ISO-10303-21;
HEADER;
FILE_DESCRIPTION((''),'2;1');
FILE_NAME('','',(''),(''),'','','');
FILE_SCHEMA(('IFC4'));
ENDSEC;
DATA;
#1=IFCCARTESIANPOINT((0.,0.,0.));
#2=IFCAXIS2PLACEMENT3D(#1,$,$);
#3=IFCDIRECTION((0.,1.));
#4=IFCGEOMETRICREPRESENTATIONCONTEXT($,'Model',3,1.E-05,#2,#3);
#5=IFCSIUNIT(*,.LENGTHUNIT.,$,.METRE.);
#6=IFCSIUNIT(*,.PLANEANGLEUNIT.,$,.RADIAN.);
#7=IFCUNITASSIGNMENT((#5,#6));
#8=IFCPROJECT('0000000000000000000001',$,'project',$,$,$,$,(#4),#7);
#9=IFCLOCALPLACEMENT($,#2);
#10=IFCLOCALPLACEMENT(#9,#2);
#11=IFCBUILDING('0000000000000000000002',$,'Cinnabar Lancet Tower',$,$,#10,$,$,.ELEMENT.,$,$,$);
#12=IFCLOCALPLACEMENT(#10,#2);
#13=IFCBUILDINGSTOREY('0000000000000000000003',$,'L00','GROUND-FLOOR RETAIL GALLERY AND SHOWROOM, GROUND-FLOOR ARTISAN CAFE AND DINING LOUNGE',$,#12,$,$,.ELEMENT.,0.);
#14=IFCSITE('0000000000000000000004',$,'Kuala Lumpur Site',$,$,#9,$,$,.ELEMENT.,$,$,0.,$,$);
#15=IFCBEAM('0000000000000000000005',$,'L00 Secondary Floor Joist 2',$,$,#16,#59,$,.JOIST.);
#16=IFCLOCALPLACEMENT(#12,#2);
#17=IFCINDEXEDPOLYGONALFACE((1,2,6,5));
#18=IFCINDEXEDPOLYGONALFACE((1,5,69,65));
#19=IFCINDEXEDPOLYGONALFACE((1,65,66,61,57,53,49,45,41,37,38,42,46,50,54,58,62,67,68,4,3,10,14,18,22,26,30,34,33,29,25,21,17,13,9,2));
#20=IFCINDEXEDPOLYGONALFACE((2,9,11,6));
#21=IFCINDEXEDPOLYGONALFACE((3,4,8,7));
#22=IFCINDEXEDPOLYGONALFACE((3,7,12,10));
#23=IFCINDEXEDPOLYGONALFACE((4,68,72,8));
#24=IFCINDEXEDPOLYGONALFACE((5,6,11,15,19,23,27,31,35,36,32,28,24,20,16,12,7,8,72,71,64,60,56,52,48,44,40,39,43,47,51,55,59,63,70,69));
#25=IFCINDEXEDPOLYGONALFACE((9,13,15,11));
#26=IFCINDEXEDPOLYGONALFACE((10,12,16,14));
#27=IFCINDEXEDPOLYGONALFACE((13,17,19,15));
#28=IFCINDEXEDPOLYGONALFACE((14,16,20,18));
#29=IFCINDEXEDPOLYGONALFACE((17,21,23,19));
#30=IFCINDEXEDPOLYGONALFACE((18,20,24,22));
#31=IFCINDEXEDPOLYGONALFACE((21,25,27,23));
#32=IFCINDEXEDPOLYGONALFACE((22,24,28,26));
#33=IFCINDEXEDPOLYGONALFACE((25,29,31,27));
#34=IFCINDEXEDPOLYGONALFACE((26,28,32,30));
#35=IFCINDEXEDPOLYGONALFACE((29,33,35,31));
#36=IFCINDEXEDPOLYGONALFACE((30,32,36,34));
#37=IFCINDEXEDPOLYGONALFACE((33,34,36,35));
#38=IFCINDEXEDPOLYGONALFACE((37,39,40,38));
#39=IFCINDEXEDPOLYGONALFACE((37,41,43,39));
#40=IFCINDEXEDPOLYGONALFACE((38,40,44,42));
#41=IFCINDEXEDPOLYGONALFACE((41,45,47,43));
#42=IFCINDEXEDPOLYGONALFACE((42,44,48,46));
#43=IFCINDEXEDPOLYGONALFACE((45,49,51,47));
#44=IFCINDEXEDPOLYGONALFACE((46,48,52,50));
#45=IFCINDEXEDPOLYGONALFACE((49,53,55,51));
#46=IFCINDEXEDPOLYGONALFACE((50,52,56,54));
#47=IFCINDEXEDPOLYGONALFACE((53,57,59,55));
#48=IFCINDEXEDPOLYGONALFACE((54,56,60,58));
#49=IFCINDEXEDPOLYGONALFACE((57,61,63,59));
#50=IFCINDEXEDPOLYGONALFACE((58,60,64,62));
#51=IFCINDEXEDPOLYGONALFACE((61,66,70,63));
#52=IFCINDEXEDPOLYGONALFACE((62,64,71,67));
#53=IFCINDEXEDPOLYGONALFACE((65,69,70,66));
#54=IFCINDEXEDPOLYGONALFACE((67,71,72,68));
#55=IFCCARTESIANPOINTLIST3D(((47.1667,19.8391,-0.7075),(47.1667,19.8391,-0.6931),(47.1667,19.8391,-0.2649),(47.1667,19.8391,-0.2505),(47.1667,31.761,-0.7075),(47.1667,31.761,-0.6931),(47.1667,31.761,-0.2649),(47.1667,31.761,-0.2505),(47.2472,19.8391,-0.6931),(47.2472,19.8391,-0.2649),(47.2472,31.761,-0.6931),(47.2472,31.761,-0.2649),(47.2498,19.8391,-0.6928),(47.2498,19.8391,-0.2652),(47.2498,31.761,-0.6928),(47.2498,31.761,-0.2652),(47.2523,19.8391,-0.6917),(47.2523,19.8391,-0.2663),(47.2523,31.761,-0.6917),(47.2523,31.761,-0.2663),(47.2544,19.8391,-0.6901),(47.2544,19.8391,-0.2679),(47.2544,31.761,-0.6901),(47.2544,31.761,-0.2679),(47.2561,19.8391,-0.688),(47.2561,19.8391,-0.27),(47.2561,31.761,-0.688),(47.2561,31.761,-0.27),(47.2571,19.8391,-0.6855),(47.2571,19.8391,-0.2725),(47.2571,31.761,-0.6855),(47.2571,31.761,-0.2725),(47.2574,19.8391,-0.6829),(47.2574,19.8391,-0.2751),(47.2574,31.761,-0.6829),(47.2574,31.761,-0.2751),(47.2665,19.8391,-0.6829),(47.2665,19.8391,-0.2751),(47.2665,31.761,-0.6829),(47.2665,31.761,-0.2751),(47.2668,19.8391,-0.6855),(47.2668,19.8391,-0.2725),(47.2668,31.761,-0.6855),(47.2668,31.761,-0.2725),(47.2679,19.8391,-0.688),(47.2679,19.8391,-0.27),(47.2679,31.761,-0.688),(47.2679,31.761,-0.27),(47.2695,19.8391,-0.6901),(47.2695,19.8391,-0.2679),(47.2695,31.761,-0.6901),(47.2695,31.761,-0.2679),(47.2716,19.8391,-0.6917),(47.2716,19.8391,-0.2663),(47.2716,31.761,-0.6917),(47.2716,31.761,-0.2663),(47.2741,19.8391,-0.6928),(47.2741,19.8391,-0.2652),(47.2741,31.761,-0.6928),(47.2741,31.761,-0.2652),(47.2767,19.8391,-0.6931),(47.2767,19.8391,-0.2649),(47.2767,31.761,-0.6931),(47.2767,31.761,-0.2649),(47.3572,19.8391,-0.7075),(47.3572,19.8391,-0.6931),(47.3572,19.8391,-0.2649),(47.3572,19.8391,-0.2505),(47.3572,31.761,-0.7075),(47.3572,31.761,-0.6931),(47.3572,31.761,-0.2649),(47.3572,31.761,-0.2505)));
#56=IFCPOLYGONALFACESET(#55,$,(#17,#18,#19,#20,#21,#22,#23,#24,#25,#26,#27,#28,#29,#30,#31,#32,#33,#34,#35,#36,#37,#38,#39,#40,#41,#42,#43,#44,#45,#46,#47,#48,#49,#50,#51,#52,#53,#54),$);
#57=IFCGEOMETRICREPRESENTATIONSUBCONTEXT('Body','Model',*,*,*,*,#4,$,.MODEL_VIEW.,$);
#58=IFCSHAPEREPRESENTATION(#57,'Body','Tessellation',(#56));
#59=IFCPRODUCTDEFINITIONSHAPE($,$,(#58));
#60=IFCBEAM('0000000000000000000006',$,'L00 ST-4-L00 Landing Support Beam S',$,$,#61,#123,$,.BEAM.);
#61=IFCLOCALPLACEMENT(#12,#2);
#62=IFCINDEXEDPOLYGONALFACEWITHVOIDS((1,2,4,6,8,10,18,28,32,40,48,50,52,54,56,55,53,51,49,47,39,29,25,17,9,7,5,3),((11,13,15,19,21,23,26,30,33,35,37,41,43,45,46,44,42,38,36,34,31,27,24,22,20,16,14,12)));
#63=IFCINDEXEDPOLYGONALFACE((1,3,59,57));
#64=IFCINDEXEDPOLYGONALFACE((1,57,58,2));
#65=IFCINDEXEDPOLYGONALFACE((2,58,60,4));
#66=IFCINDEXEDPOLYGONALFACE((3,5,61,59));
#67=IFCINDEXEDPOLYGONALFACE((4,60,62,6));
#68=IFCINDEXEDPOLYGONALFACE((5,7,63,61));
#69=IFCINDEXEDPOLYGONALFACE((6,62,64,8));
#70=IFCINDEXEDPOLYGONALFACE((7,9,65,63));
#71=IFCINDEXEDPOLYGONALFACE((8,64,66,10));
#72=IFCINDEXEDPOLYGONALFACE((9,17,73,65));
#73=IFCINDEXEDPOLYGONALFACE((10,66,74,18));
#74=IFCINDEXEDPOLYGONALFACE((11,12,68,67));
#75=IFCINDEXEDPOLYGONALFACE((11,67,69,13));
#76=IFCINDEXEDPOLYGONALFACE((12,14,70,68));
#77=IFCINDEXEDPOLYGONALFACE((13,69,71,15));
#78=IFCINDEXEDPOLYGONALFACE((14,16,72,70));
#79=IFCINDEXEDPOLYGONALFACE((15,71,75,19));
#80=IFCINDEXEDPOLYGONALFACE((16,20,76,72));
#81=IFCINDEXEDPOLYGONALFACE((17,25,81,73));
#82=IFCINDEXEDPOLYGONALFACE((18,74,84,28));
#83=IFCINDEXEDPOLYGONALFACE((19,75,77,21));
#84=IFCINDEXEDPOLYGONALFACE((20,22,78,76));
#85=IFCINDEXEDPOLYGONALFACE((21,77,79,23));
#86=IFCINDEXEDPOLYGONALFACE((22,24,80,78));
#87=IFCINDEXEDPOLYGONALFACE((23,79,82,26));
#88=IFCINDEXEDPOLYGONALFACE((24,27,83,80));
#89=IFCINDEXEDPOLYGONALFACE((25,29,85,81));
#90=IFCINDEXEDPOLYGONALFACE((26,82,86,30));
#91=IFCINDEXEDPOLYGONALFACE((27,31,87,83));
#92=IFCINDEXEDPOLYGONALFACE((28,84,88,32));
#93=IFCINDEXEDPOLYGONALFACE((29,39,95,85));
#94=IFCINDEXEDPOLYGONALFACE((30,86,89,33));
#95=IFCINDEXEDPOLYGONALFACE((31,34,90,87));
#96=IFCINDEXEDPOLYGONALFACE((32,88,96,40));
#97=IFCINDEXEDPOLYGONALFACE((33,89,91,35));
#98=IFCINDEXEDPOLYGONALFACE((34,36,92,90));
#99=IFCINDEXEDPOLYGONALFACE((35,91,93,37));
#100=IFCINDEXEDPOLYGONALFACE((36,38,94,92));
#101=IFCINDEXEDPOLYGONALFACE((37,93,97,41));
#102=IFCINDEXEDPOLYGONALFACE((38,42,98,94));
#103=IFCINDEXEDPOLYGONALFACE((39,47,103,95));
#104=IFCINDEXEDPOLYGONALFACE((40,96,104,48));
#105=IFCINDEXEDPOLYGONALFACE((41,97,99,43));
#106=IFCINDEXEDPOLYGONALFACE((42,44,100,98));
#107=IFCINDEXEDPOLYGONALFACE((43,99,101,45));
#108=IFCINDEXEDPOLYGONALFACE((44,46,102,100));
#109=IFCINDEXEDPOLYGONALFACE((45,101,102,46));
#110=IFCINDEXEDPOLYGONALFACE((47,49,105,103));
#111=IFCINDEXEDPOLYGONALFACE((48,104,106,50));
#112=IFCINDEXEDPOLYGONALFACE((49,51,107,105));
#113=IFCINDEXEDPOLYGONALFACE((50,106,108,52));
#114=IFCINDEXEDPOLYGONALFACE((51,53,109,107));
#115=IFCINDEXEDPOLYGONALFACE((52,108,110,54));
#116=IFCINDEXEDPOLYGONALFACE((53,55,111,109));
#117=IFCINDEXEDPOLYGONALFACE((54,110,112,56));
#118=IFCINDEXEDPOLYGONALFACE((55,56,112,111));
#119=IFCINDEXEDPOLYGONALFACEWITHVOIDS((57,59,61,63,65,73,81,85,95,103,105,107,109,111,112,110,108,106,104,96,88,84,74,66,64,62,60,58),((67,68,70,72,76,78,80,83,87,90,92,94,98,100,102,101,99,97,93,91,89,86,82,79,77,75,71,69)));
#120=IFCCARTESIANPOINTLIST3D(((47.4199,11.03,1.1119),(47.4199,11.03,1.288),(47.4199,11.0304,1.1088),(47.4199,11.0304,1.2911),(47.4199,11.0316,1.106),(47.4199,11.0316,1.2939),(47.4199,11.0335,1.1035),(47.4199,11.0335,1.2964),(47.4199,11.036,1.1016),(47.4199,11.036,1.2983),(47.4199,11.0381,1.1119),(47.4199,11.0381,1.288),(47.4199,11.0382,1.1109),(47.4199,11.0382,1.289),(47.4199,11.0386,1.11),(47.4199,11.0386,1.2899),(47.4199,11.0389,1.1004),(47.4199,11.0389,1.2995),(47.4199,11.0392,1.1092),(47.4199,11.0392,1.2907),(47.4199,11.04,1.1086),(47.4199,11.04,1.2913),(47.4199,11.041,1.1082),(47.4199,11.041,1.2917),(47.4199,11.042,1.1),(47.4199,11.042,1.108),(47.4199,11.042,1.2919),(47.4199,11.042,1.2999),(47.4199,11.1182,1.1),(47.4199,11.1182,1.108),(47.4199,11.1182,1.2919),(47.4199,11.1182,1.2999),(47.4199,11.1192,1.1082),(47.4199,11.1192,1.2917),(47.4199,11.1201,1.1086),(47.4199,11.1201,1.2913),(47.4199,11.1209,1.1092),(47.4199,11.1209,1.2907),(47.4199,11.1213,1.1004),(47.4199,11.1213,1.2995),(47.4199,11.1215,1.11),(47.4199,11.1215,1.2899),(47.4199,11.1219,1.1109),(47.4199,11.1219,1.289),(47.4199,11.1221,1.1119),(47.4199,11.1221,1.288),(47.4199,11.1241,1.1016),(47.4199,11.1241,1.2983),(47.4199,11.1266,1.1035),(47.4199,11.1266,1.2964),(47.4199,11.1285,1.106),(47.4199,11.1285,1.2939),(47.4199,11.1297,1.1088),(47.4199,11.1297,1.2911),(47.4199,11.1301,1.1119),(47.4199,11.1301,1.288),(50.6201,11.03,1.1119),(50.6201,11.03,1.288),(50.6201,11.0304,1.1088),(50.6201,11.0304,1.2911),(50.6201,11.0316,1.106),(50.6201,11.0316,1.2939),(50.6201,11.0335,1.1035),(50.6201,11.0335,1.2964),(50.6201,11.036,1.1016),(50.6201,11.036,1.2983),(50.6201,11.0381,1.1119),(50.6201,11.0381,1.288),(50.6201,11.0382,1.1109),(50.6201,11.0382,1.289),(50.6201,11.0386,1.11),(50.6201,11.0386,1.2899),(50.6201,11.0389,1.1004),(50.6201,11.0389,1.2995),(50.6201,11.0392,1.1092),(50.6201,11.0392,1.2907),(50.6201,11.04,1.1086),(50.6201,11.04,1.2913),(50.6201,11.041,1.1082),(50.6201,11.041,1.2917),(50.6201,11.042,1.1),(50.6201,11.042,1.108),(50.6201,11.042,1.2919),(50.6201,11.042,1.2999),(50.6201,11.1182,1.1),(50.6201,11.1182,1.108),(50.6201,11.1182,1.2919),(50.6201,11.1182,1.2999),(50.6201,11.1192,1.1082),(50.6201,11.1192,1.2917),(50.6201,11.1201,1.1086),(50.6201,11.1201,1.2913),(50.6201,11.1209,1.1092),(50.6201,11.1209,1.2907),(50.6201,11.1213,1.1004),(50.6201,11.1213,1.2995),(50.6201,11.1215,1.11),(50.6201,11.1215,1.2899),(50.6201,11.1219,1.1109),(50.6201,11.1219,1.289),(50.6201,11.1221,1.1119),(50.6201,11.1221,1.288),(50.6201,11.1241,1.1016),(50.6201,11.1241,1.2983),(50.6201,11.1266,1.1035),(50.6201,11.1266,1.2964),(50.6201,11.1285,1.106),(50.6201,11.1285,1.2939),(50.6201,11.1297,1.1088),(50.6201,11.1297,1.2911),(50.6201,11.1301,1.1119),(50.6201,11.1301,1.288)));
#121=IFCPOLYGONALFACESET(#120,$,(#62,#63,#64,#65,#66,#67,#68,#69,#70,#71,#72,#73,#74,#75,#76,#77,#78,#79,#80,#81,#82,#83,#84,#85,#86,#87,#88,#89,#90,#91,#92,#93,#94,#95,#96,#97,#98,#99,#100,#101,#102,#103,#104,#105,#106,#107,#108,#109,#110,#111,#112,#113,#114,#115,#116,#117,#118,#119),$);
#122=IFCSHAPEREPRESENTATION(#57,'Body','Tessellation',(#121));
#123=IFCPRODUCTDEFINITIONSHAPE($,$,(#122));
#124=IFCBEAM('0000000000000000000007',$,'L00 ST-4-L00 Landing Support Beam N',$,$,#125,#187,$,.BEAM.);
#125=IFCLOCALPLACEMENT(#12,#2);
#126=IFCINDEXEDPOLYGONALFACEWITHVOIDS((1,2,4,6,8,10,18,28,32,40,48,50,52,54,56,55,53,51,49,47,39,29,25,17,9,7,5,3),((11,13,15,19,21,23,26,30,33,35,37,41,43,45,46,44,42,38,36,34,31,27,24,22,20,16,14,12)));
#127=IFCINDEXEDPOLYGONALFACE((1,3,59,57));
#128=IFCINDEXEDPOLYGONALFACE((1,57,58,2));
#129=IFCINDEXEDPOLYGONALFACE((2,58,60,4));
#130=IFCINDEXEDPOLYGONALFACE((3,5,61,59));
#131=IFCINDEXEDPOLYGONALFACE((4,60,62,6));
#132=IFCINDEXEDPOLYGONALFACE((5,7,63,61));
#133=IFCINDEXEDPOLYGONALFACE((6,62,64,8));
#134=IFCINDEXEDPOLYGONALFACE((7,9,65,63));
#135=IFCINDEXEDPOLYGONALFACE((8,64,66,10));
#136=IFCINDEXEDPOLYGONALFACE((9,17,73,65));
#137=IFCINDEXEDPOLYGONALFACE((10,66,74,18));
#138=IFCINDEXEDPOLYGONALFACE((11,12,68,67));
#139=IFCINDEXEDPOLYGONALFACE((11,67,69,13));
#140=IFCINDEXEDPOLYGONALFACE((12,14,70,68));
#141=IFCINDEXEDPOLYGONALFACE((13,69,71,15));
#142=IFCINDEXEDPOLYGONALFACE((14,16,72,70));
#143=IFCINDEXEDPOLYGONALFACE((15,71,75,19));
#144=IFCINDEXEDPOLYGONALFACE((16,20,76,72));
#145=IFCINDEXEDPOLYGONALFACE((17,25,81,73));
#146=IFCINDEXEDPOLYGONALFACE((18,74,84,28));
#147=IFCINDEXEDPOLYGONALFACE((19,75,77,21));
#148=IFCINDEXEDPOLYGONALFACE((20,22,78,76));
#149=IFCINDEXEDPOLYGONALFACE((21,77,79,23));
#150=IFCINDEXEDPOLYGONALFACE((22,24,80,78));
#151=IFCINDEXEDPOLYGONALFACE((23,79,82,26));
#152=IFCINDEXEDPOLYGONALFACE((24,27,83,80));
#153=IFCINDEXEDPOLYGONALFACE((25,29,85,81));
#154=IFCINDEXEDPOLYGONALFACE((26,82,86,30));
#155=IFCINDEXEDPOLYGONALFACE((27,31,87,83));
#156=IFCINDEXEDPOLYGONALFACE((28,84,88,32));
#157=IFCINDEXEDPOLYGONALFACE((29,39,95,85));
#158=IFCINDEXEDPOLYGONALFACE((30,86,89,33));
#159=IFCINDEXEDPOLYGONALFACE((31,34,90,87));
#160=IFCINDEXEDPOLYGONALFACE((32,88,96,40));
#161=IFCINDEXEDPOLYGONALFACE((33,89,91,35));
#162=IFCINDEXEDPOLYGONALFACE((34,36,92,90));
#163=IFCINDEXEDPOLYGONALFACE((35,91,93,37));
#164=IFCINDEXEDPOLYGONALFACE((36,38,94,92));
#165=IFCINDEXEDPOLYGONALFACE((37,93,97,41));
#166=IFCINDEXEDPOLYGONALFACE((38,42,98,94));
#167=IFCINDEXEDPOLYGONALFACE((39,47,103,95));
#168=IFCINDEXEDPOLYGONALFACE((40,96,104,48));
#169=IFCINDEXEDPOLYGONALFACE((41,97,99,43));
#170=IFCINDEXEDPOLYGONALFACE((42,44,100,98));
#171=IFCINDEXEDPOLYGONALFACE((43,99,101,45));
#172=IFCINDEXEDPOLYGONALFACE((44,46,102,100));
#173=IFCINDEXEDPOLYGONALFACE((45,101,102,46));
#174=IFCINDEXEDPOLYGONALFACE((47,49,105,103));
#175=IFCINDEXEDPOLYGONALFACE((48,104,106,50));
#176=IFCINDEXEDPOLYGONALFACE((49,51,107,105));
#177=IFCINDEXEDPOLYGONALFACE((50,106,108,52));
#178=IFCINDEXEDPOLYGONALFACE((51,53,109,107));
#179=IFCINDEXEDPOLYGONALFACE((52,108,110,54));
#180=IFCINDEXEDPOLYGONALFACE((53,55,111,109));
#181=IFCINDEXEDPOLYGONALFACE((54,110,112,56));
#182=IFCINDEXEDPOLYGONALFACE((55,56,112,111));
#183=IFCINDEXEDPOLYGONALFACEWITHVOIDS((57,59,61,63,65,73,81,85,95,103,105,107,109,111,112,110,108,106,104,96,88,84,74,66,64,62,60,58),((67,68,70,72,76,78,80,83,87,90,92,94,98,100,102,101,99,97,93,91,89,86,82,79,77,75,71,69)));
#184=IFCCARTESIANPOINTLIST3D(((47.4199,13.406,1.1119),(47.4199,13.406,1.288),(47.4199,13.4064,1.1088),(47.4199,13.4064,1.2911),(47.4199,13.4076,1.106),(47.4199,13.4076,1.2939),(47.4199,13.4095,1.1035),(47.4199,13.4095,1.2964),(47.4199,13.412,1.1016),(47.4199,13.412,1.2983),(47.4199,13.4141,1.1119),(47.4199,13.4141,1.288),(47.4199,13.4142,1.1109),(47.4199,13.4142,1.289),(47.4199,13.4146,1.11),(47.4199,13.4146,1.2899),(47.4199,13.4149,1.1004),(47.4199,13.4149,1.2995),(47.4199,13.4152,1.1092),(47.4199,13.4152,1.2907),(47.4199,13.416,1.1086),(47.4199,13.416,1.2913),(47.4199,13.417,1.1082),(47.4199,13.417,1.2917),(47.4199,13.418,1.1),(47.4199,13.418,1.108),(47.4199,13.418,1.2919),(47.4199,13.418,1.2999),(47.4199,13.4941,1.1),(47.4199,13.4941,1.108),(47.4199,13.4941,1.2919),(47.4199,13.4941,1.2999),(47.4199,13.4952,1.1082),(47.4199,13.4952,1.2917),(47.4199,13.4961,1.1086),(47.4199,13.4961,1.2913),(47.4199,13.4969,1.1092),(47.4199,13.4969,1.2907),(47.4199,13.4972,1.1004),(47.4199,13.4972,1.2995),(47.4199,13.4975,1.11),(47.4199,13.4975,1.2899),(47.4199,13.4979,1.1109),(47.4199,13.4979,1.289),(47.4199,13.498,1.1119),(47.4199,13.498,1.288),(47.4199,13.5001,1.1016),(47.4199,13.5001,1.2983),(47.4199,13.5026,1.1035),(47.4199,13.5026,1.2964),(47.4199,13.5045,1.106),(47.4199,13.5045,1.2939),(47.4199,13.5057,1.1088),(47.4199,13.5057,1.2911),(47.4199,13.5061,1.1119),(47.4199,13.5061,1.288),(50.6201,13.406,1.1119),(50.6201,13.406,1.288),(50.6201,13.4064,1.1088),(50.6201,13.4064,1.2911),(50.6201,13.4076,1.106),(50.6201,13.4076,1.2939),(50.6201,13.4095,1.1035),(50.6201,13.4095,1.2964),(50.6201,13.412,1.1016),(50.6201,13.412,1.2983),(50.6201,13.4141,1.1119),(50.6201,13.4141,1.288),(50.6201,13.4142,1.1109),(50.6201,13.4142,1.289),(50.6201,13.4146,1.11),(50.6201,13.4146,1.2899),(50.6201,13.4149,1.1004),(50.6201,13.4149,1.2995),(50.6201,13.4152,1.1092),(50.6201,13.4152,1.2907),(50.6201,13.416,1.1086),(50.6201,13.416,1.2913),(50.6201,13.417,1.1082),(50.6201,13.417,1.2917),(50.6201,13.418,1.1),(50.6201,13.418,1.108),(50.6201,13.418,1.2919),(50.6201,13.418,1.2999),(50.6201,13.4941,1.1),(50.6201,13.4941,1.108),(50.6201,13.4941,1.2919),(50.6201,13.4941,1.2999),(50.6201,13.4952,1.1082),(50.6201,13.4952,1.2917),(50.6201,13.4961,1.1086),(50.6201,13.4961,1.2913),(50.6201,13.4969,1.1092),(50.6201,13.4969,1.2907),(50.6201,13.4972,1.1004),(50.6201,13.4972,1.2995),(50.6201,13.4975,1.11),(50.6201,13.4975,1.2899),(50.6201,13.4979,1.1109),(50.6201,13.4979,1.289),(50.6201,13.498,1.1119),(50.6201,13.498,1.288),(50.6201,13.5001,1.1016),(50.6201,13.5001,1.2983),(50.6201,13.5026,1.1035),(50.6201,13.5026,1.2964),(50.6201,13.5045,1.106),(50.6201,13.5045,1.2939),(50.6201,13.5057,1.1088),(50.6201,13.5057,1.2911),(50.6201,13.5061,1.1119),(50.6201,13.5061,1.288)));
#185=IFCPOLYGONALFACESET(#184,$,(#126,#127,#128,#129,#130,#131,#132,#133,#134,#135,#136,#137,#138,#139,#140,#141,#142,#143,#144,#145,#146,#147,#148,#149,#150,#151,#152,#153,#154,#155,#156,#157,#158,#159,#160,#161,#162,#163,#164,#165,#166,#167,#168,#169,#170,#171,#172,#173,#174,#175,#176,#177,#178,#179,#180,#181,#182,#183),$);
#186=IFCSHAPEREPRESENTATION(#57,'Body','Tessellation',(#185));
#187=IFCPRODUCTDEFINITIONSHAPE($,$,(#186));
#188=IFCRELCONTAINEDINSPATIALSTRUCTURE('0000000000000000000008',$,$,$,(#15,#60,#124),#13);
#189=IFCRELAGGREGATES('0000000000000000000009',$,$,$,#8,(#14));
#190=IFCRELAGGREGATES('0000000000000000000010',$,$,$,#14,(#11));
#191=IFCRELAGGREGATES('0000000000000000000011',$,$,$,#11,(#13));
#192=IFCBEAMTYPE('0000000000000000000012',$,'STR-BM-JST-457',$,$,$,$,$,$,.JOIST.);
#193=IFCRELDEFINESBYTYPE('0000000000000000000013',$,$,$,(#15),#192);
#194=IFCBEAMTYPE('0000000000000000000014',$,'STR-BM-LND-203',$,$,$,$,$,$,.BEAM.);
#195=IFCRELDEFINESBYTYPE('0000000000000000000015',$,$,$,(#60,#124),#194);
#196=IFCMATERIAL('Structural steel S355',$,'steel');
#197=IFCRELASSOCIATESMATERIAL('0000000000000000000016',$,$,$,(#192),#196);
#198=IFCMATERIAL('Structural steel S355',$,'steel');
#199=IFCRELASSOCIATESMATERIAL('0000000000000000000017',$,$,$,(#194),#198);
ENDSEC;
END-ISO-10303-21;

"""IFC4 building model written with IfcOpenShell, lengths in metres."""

from ifc_helpers import new_model, si_unit, direction, frame, origin, origin_2d, place, context, subcontext, project, spatial, hollow_rectangle, i_section, extrude, material, material_profile, profile_set, type_object, element, save


model = new_model("IFC4")

# Units and contexts
model_context = context("Model", 3, precision=1e-05, world=origin(), true_north=direction((0.0, 1.0)))
body_context = subcontext(model_context, "Body", "Model", "MODEL_VIEW")
ifc_project = project(units=[si_unit("LENGTHUNIT", "METRE"), si_unit("PLANEANGLEUNIT", "RADIAN")], contexts=[model_context])

# Site, building, storey
site_placement = place(None, origin())
site = spatial("IfcSite", under=ifc_project, at=site_placement, Name="Kuala Lumpur Site", CompositionType="ELEMENT", RefElevation=0.0)
building_placement = place(site_placement, origin())
building = spatial("IfcBuilding", under=site, at=building_placement, Name="Cinnabar Lancet Tower", CompositionType="ELEMENT")
storey_placement = place(building_placement, origin())
storey = spatial("IfcBuildingStorey", under=building, at=storey_placement, Name="L00", Description="GROUND-FLOOR RETAIL GALLERY AND SHOWROOM, GROUND-FLOOR ARTISAN CAFE AND DINING LOUNGE", CompositionType="ELEMENT", Elevation=0.0)

# Beams
ifc_material_1 = material(Name="Structural steel S355", Category="steel")
ifc_material_profile_1 = material_profile(ifc_material_1, i_section(OverallWidth=0.1904, OverallDepth=0.457, WebThickness=0.009, FlangeThickness=0.0144, FilletRadius=0.0103, at=origin_2d()), Name="UKB 457x191x74")
ifc_profile_set_1 = profile_set([ifc_material_profile_1], Name="Structural steel S355")
beam_type_1 = type_object("IfcBeamType", Name="STR-BM-JST-457", PredefinedType="JOIST", material=ifc_profile_set_1)
beam_placement = place(storey_placement, frame((47.262, 19.8391, -0.479), z_axis=(0.0, 1.0, 0.0), x_axis=(-1.0, 0.0, 0.0)))
element("IfcBeam", 1, at=beam_placement, inside=storey, type_object=beam_type_1, Name="L00 Secondary Floor Joist 2", PredefinedType="JOIST", context=body_context, shape_type="SweptSolid", body=[
    extrude(i_section(OverallWidth=0.1904, OverallDepth=0.457, WebThickness=0.009, FlangeThickness=0.0144, FilletRadius=0.0103, at=origin_2d()), origin(), (0.0, 0.0, 1.0), 11.9219),
])
ifc_material_2 = material(Name="Structural steel S355", Category="steel")
ifc_material_profile_2 = material_profile(ifc_material_2, hollow_rectangle(XDim=0.1001, YDim=0.2, WallThickness=0.0081, InnerFilletRadius=0.0039, OuterFilletRadius=0.012, at=origin_2d()), Name="RHS 200x100x8")
ifc_profile_set_2 = profile_set([ifc_material_profile_2], Name="Structural steel S355")
beam_type_2 = type_object("IfcBeamType", Name="STR-BM-LND-203", PredefinedType="BEAM", material=ifc_profile_set_2)
for number, where, z_axis, x_axis, name in (
    (2, (47.4199, 11.0801, 1.2), (1.0, 0.0, 0.0), (0.0, 1.0, 0.0), "L00 ST-4-L00 Landing Support Beam S"),
    (3, (47.4199, 13.4561, 1.2), (1.0, 0.0, 0.0), (0.0, 1.0, 0.0), "L00 ST-4-L00 Landing Support Beam N"),
):
    element("IfcBeam", number, at=place(storey_placement, frame(where, z_axis=z_axis, x_axis=x_axis)), inside=storey, type_object=beam_type_2, Name=name, PredefinedType="BEAM", context=body_context, shape_type="SweptSolid", body=[
        extrude(hollow_rectangle(XDim=0.1001, YDim=0.2, WallThickness=0.0081, InnerFilletRadius=0.0039, OuterFilletRadius=0.012, at=origin_2d()), origin(), (0.0, 0.0, 1.0), 3.2002),
    ])

save(model, "model.ifc")
